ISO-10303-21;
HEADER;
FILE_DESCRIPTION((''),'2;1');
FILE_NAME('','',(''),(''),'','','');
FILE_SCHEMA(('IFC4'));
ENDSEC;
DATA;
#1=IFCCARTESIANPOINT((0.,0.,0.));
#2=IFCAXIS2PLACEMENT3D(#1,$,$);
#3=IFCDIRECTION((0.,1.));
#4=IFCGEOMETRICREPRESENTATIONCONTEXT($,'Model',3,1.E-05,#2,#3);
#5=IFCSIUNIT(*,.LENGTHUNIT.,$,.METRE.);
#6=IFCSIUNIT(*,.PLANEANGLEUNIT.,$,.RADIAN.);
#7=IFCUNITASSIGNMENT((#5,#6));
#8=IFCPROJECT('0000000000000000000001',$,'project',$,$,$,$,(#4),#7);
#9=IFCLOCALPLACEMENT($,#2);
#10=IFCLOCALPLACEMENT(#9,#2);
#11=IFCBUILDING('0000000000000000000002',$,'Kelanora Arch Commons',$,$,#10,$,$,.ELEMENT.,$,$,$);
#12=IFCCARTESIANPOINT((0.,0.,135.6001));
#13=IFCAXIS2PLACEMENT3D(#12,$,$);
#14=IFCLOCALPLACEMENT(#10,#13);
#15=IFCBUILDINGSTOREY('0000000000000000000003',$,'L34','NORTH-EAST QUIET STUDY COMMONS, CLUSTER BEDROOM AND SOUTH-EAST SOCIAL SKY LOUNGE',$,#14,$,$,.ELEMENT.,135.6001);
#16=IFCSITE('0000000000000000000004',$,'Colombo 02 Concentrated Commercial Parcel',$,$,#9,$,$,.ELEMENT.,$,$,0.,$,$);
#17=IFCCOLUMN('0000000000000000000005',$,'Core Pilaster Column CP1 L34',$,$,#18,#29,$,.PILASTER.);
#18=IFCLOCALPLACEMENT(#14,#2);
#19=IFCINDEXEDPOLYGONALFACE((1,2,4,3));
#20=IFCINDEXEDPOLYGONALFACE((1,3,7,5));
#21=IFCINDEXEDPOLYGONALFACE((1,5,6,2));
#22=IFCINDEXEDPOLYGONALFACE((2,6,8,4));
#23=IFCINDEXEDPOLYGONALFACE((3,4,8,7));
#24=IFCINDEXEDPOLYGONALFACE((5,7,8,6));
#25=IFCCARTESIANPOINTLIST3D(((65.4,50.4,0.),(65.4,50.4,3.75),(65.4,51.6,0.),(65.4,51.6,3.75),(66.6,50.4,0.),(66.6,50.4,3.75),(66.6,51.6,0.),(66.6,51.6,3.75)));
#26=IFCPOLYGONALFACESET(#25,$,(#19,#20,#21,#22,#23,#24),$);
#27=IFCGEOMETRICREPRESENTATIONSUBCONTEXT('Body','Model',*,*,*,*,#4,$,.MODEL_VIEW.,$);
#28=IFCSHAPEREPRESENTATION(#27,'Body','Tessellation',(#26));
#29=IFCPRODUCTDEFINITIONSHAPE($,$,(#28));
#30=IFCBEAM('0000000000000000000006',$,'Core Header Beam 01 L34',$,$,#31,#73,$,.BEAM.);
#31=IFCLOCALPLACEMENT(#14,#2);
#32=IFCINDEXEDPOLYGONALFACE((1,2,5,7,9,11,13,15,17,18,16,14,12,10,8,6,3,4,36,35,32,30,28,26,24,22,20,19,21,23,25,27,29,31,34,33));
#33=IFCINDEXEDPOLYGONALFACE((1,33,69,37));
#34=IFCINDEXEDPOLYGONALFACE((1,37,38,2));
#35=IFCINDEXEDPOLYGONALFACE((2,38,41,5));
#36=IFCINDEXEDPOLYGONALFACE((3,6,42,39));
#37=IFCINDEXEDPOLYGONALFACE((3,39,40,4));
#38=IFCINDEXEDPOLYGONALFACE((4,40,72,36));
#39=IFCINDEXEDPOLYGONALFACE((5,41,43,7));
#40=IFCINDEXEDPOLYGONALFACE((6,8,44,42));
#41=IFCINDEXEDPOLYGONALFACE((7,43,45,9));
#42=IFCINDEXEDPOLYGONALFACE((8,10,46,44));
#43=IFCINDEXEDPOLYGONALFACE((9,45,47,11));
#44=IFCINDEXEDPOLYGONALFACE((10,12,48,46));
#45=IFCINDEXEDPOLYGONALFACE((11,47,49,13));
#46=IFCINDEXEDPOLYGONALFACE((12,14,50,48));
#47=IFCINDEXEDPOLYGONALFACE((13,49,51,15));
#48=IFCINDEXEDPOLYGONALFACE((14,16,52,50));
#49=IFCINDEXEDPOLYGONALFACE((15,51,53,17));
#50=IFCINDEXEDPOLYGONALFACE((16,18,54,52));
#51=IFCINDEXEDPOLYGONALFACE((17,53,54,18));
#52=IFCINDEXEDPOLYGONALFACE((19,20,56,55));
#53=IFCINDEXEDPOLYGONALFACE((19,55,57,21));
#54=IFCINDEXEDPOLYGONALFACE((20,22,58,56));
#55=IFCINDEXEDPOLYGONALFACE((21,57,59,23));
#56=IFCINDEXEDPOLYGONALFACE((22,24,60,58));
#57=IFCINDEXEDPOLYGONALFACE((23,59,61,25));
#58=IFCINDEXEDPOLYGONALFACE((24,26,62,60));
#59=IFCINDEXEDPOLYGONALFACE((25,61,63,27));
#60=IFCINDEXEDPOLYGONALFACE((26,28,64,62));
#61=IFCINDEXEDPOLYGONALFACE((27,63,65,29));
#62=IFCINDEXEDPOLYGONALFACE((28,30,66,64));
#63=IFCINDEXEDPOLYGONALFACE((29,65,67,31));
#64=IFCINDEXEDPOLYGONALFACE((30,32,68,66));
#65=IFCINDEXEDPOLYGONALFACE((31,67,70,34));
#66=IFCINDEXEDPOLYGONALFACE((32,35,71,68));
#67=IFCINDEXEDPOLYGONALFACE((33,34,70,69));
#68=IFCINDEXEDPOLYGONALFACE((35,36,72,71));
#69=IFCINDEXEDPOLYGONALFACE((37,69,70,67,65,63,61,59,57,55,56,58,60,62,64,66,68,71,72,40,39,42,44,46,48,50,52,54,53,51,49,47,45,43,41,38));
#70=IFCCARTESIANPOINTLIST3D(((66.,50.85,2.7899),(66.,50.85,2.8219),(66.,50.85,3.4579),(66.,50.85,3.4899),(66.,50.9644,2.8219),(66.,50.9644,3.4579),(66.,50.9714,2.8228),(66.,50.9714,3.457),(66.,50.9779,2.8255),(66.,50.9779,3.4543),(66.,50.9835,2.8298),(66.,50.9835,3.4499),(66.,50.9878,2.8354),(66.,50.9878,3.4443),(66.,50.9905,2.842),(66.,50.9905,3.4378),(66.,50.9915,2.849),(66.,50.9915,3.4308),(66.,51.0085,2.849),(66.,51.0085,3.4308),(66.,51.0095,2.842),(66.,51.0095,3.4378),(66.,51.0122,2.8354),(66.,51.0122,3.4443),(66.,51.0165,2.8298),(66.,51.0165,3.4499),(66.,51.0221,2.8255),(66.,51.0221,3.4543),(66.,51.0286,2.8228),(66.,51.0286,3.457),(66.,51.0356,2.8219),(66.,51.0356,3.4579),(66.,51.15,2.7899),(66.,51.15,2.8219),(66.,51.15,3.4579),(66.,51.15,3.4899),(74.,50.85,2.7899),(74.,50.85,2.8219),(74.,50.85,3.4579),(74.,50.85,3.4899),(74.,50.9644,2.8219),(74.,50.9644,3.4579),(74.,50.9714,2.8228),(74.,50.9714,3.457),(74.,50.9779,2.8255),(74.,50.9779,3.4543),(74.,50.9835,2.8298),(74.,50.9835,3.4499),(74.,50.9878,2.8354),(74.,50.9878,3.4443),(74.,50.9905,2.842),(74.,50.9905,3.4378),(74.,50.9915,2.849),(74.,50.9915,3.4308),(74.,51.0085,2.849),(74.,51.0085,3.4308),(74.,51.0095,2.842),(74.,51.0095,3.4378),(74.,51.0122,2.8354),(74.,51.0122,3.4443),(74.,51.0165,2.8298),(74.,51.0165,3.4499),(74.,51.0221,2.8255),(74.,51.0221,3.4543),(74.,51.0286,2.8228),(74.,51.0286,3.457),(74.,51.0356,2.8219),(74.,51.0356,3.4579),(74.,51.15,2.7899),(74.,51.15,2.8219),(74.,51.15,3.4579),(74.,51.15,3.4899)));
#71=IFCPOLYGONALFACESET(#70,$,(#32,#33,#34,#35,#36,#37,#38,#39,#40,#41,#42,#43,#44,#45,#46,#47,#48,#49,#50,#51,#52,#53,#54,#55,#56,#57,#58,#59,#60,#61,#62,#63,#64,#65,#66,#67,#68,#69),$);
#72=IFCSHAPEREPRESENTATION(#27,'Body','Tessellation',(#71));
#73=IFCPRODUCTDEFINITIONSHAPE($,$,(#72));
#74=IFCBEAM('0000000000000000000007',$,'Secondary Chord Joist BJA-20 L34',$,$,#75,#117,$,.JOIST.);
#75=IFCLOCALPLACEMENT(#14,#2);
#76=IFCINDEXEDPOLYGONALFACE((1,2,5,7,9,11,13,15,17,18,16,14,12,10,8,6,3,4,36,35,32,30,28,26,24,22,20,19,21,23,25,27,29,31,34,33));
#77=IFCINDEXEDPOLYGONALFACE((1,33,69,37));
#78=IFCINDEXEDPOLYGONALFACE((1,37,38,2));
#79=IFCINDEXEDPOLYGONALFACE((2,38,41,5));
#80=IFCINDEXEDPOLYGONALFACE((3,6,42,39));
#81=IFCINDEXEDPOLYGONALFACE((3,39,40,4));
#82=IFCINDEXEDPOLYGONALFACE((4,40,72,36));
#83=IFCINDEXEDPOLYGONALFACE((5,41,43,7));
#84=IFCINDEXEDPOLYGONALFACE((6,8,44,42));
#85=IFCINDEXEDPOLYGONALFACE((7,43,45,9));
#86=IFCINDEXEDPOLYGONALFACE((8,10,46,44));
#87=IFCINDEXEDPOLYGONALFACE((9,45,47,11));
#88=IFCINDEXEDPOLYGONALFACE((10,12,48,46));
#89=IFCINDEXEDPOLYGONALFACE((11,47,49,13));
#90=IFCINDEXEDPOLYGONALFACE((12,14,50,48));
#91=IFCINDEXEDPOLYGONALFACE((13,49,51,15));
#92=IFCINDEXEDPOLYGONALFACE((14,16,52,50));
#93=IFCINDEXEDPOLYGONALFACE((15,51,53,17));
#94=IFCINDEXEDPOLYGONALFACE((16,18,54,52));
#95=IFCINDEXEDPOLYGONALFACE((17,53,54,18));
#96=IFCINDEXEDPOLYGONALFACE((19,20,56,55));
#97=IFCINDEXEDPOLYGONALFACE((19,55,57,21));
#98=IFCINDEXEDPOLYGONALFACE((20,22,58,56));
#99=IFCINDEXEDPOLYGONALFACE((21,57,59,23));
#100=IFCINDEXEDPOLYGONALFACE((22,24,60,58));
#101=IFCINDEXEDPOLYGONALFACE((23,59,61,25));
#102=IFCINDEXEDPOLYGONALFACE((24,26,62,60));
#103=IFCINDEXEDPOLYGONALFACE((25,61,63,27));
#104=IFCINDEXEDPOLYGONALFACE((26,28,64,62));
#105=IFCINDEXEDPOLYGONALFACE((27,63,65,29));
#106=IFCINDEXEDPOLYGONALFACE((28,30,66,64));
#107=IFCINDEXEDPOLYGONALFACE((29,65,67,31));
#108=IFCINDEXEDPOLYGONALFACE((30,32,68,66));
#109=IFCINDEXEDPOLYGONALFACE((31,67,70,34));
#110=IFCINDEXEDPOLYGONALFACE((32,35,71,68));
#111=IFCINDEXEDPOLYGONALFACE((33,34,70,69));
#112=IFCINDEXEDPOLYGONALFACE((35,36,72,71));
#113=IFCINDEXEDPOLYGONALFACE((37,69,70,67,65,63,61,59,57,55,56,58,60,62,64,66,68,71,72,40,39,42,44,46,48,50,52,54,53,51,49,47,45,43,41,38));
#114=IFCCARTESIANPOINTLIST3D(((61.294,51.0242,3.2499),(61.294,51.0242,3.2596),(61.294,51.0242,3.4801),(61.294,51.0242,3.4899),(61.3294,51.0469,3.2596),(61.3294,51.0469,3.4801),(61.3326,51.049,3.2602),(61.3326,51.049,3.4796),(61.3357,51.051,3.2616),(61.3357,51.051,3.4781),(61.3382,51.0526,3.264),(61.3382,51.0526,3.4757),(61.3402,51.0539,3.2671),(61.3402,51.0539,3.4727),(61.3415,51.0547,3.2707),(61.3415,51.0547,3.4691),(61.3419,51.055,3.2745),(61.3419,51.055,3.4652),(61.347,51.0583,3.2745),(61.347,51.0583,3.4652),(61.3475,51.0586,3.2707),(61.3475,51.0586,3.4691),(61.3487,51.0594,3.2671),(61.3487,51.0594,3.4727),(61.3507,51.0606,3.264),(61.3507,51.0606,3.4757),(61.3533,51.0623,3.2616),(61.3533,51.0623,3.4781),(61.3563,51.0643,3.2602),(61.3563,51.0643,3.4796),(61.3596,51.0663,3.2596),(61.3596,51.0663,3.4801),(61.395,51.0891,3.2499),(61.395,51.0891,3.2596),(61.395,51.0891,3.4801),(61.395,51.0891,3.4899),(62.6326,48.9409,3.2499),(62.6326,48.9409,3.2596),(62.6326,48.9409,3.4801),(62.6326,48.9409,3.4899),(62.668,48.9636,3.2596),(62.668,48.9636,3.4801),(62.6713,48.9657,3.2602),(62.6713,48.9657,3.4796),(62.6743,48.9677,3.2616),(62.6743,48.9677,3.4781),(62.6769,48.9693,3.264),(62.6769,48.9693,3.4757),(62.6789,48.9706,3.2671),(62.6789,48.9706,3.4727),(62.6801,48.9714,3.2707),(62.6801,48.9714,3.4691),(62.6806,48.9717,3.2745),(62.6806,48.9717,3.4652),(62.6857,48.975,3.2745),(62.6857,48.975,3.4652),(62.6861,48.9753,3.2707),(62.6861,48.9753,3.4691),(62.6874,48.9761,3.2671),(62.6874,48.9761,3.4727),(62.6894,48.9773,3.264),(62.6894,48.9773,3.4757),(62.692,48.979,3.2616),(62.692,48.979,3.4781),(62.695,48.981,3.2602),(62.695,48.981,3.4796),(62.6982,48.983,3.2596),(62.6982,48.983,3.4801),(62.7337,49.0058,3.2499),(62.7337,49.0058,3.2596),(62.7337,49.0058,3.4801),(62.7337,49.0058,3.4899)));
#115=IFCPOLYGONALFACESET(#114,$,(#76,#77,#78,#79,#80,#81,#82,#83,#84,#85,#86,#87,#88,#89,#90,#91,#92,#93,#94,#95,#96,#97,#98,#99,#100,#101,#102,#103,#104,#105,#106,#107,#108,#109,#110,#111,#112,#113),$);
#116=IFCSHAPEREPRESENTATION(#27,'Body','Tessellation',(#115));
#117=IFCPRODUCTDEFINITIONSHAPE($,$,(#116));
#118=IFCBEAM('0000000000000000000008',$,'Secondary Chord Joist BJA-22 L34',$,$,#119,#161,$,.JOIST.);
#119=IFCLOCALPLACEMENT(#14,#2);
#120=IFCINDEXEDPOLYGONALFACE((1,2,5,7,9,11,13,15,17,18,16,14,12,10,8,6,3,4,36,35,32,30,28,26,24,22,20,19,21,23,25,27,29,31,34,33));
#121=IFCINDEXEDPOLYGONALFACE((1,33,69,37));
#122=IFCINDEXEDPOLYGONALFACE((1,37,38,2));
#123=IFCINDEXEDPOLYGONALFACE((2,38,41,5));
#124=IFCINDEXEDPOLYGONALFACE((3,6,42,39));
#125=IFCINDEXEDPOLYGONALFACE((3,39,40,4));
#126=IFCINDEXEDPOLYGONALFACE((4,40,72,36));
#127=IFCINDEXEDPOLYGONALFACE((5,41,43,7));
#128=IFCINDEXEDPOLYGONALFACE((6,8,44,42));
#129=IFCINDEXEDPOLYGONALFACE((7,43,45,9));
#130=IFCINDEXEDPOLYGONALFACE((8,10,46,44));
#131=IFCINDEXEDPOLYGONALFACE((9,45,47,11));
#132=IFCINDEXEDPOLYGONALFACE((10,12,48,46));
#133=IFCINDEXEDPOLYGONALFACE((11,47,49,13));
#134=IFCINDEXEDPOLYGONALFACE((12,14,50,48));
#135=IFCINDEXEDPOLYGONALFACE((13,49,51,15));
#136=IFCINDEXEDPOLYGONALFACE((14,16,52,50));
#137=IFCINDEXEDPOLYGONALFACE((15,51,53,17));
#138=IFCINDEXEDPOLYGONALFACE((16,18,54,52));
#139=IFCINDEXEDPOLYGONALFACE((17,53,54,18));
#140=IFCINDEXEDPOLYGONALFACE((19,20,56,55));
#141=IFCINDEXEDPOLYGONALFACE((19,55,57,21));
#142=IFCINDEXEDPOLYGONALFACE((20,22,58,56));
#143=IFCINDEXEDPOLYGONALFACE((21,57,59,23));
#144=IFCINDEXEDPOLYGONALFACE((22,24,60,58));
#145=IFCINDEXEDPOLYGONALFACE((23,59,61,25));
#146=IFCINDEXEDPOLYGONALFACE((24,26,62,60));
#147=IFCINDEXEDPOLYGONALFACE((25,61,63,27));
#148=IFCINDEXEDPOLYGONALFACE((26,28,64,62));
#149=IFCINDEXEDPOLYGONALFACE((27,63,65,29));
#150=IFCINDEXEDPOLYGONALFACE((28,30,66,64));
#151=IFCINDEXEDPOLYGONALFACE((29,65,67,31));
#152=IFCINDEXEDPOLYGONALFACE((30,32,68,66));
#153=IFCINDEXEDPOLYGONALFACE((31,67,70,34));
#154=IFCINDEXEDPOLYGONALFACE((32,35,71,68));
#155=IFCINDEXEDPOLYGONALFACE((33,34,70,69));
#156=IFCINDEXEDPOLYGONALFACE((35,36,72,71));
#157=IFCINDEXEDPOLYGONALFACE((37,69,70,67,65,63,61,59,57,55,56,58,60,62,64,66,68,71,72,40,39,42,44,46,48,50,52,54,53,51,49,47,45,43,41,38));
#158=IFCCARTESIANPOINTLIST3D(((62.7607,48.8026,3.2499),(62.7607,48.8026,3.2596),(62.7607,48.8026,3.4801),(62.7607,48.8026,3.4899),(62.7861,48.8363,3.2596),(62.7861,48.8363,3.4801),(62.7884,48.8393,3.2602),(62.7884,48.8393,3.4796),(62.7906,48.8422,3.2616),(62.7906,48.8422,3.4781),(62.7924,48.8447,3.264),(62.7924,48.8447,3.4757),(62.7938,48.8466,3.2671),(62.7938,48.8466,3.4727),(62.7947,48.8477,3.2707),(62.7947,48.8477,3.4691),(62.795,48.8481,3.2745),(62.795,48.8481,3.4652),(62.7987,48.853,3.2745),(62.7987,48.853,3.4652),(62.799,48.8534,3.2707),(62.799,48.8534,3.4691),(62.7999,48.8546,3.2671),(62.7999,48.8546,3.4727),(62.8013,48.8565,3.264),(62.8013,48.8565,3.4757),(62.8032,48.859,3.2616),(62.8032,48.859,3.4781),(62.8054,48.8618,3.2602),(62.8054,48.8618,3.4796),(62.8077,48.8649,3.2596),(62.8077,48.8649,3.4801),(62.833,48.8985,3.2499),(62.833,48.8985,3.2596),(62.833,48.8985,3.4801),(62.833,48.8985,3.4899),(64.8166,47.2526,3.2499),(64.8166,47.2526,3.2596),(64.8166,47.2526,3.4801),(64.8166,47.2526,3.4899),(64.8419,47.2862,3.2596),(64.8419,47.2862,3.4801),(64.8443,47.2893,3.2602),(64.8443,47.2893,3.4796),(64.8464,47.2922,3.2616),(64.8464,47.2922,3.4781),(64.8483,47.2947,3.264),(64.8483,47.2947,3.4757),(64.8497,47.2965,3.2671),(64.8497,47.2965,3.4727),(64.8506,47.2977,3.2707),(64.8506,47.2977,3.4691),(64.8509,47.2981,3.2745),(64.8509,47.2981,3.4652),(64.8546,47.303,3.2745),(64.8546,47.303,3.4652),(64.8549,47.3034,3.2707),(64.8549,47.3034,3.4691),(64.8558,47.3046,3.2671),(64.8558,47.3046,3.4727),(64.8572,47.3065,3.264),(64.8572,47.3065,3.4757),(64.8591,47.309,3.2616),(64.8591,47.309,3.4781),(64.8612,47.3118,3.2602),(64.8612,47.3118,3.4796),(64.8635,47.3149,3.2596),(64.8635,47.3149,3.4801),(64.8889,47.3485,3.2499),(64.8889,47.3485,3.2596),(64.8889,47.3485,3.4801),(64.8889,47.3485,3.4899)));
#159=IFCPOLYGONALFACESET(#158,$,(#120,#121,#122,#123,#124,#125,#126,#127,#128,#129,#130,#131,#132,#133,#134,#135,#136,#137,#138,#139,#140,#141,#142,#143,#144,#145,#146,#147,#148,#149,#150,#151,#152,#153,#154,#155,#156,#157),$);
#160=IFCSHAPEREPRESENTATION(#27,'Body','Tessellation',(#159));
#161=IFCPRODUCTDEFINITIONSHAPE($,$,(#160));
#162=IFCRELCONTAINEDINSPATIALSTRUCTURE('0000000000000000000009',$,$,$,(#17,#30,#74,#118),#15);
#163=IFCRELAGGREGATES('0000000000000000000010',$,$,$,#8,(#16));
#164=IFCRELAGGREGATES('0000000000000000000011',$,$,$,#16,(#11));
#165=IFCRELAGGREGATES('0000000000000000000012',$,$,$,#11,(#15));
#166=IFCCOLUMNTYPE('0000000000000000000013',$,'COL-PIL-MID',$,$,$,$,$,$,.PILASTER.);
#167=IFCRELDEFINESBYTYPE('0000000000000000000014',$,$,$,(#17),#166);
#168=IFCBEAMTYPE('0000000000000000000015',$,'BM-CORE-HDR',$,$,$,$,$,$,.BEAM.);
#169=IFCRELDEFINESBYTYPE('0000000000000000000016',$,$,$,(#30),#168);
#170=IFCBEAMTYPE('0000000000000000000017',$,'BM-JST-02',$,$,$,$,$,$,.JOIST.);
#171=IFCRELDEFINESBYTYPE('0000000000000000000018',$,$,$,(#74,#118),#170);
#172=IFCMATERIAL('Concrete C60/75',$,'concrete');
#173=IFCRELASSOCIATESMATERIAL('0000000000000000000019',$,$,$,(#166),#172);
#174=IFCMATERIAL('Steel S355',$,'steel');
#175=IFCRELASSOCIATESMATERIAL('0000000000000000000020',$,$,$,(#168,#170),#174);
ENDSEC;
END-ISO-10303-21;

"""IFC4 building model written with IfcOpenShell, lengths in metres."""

from ifc_helpers import new_model, si_unit, direction, frame, origin, origin_2d, place, context, subcontext, project, spatial, rectangle, i_section, extrude, material, material_profile, profile_set, type_object, element, save


model = new_model("IFC4")

# Units and contexts
model_context = context("Model", 3, precision=1e-05, world=origin(), true_north=direction((0.0, 1.0)))
body_context = subcontext(model_context, "Body", "Model", "MODEL_VIEW")
ifc_project = project(units=[si_unit("LENGTHUNIT", "METRE"), si_unit("PLANEANGLEUNIT", "RADIAN")], contexts=[model_context])

# Site, building, storey
site_placement = place(None, origin())
site = spatial("IfcSite", under=ifc_project, at=site_placement, Name="Colombo 02 Concentrated Commercial Parcel", CompositionType="ELEMENT", RefElevation=0.0)
building_placement = place(site_placement, origin())
building = spatial("IfcBuilding", under=site, at=building_placement, Name="Kelanora Arch Commons", CompositionType="ELEMENT")
storey_placement = place(building_placement, frame((0.0, 0.0, 135.6001)))
storey = spatial("IfcBuildingStorey", under=building, at=storey_placement, Name="L34", Description="NORTH-EAST QUIET STUDY COMMONS, CLUSTER BEDROOM AND SOUTH-EAST SOCIAL SKY LOUNGE", CompositionType="ELEMENT", Elevation=135.6001)

# Column
ifc_material_1 = material(Name="Concrete C60/75", Category="concrete")
ifc_material_profile_1 = material_profile(ifc_material_1, rectangle(XDim=1.2, YDim=1.2, at=origin_2d()), Name="RC1200x1200")
ifc_profile_set_1 = profile_set([ifc_material_profile_1], Name="Concrete C60/75")
column_type = type_object("IfcColumnType", Name="COL-PIL-MID", PredefinedType="PILASTER", material=ifc_profile_set_1)
column_placement = place(storey_placement, frame((66.0, 51.0, 0.0), z_axis=(0.0, 0.0, 1.0), x_axis=(1.0, 0.0, 0.0)))
element("IfcColumn", 1, at=column_placement, inside=storey, type_object=column_type, Name="Core Pilaster Column CP1 L34", PredefinedType="PILASTER", context=body_context, shape_type="SweptSolid", body=[
    extrude(rectangle(XDim=1.2, YDim=1.2, at=origin_2d()), origin(), (0.0, 0.0, 1.0), 3.75),
])

# Beams
ifc_material_2 = material(Name="Steel S355", Category="steel")
ifc_material_profile_2 = material_profile(ifc_material_2, i_section(OverallWidth=0.3, OverallDepth=0.7, WebThickness=0.0171, FlangeThickness=0.032, FilletRadius=0.0271, at=origin_2d()), Name="HEB700")
ifc_profile_set_2 = profile_set([ifc_material_profile_2], Name="Steel S355")
beam_type_1 = type_object("IfcBeamType", Name="BM-CORE-HDR", PredefinedType="BEAM", material=ifc_profile_set_2)
beam_1_placement = place(storey_placement, frame((66.0, 51.0, 3.1399), z_axis=(1.0, 0.0, 0.0), x_axis=(0.0, 1.0, 0.0)))
element("IfcBeam", 2, at=beam_1_placement, inside=storey, type_object=beam_type_1, Name="Core Header Beam 01 L34", PredefinedType="BEAM", context=body_context, shape_type="SweptSolid", body=[
    extrude(i_section(OverallWidth=0.3, OverallDepth=0.7, WebThickness=0.0171, FlangeThickness=0.032, FilletRadius=0.0271, at=origin_2d()), origin(), (0.0, 0.0, 1.0), 8.0),
])
ifc_material_profile_3 = material_profile(ifc_material_2, i_section(OverallWidth=0.1201, OverallDepth=0.24, WebThickness=0.0061, FlangeThickness=0.0098, FilletRadius=0.0149, at=origin_2d()), Name="IPE240")
ifc_profile_set_3 = profile_set([ifc_material_profile_3], Name="Steel S355")
beam_type_2 = type_object("IfcBeamType", Name="BM-JST-02", PredefinedType="JOIST", material=ifc_profile_set_3)
beam_2_placement = place(storey_placement, frame((61.3445, 51.0566, 3.3699), z_axis=(0.540583, -0.841291, 0.0), x_axis=(0.841291, 0.540583, 0.0)))
element("IfcBeam", 3, at=beam_2_placement, inside=storey, type_object=beam_type_2, Name="Secondary Chord Joist BJA-20 L34", PredefinedType="JOIST", context=body_context, shape_type="SweptSolid", body=[
    extrude(i_section(OverallWidth=0.1201, OverallDepth=0.24, WebThickness=0.0061, FlangeThickness=0.0098, FilletRadius=0.0149, at=origin_2d()), origin(), (0.0, 0.0, 1.0), 2.4763),
])
beam_3_placement = place(storey_placement, frame((62.7969, 48.8506, 3.3699), z_axis=(0.798484, -0.602016, 0.0), x_axis=(0.602016, 0.798484, 0.0)))
element("IfcBeam", 4, at=beam_3_placement, inside=storey, type_object=beam_type_2, Name="Secondary Chord Joist BJA-22 L34", PredefinedType="JOIST", context=body_context, shape_type="SweptSolid", body=[
    extrude(i_section(OverallWidth=0.1201, OverallDepth=0.24, WebThickness=0.0061, FlangeThickness=0.0098, FilletRadius=0.0149, at=origin_2d()), origin(), (0.0, 0.0, 1.0), 2.5747),
])

save(model, "model.ifc")
